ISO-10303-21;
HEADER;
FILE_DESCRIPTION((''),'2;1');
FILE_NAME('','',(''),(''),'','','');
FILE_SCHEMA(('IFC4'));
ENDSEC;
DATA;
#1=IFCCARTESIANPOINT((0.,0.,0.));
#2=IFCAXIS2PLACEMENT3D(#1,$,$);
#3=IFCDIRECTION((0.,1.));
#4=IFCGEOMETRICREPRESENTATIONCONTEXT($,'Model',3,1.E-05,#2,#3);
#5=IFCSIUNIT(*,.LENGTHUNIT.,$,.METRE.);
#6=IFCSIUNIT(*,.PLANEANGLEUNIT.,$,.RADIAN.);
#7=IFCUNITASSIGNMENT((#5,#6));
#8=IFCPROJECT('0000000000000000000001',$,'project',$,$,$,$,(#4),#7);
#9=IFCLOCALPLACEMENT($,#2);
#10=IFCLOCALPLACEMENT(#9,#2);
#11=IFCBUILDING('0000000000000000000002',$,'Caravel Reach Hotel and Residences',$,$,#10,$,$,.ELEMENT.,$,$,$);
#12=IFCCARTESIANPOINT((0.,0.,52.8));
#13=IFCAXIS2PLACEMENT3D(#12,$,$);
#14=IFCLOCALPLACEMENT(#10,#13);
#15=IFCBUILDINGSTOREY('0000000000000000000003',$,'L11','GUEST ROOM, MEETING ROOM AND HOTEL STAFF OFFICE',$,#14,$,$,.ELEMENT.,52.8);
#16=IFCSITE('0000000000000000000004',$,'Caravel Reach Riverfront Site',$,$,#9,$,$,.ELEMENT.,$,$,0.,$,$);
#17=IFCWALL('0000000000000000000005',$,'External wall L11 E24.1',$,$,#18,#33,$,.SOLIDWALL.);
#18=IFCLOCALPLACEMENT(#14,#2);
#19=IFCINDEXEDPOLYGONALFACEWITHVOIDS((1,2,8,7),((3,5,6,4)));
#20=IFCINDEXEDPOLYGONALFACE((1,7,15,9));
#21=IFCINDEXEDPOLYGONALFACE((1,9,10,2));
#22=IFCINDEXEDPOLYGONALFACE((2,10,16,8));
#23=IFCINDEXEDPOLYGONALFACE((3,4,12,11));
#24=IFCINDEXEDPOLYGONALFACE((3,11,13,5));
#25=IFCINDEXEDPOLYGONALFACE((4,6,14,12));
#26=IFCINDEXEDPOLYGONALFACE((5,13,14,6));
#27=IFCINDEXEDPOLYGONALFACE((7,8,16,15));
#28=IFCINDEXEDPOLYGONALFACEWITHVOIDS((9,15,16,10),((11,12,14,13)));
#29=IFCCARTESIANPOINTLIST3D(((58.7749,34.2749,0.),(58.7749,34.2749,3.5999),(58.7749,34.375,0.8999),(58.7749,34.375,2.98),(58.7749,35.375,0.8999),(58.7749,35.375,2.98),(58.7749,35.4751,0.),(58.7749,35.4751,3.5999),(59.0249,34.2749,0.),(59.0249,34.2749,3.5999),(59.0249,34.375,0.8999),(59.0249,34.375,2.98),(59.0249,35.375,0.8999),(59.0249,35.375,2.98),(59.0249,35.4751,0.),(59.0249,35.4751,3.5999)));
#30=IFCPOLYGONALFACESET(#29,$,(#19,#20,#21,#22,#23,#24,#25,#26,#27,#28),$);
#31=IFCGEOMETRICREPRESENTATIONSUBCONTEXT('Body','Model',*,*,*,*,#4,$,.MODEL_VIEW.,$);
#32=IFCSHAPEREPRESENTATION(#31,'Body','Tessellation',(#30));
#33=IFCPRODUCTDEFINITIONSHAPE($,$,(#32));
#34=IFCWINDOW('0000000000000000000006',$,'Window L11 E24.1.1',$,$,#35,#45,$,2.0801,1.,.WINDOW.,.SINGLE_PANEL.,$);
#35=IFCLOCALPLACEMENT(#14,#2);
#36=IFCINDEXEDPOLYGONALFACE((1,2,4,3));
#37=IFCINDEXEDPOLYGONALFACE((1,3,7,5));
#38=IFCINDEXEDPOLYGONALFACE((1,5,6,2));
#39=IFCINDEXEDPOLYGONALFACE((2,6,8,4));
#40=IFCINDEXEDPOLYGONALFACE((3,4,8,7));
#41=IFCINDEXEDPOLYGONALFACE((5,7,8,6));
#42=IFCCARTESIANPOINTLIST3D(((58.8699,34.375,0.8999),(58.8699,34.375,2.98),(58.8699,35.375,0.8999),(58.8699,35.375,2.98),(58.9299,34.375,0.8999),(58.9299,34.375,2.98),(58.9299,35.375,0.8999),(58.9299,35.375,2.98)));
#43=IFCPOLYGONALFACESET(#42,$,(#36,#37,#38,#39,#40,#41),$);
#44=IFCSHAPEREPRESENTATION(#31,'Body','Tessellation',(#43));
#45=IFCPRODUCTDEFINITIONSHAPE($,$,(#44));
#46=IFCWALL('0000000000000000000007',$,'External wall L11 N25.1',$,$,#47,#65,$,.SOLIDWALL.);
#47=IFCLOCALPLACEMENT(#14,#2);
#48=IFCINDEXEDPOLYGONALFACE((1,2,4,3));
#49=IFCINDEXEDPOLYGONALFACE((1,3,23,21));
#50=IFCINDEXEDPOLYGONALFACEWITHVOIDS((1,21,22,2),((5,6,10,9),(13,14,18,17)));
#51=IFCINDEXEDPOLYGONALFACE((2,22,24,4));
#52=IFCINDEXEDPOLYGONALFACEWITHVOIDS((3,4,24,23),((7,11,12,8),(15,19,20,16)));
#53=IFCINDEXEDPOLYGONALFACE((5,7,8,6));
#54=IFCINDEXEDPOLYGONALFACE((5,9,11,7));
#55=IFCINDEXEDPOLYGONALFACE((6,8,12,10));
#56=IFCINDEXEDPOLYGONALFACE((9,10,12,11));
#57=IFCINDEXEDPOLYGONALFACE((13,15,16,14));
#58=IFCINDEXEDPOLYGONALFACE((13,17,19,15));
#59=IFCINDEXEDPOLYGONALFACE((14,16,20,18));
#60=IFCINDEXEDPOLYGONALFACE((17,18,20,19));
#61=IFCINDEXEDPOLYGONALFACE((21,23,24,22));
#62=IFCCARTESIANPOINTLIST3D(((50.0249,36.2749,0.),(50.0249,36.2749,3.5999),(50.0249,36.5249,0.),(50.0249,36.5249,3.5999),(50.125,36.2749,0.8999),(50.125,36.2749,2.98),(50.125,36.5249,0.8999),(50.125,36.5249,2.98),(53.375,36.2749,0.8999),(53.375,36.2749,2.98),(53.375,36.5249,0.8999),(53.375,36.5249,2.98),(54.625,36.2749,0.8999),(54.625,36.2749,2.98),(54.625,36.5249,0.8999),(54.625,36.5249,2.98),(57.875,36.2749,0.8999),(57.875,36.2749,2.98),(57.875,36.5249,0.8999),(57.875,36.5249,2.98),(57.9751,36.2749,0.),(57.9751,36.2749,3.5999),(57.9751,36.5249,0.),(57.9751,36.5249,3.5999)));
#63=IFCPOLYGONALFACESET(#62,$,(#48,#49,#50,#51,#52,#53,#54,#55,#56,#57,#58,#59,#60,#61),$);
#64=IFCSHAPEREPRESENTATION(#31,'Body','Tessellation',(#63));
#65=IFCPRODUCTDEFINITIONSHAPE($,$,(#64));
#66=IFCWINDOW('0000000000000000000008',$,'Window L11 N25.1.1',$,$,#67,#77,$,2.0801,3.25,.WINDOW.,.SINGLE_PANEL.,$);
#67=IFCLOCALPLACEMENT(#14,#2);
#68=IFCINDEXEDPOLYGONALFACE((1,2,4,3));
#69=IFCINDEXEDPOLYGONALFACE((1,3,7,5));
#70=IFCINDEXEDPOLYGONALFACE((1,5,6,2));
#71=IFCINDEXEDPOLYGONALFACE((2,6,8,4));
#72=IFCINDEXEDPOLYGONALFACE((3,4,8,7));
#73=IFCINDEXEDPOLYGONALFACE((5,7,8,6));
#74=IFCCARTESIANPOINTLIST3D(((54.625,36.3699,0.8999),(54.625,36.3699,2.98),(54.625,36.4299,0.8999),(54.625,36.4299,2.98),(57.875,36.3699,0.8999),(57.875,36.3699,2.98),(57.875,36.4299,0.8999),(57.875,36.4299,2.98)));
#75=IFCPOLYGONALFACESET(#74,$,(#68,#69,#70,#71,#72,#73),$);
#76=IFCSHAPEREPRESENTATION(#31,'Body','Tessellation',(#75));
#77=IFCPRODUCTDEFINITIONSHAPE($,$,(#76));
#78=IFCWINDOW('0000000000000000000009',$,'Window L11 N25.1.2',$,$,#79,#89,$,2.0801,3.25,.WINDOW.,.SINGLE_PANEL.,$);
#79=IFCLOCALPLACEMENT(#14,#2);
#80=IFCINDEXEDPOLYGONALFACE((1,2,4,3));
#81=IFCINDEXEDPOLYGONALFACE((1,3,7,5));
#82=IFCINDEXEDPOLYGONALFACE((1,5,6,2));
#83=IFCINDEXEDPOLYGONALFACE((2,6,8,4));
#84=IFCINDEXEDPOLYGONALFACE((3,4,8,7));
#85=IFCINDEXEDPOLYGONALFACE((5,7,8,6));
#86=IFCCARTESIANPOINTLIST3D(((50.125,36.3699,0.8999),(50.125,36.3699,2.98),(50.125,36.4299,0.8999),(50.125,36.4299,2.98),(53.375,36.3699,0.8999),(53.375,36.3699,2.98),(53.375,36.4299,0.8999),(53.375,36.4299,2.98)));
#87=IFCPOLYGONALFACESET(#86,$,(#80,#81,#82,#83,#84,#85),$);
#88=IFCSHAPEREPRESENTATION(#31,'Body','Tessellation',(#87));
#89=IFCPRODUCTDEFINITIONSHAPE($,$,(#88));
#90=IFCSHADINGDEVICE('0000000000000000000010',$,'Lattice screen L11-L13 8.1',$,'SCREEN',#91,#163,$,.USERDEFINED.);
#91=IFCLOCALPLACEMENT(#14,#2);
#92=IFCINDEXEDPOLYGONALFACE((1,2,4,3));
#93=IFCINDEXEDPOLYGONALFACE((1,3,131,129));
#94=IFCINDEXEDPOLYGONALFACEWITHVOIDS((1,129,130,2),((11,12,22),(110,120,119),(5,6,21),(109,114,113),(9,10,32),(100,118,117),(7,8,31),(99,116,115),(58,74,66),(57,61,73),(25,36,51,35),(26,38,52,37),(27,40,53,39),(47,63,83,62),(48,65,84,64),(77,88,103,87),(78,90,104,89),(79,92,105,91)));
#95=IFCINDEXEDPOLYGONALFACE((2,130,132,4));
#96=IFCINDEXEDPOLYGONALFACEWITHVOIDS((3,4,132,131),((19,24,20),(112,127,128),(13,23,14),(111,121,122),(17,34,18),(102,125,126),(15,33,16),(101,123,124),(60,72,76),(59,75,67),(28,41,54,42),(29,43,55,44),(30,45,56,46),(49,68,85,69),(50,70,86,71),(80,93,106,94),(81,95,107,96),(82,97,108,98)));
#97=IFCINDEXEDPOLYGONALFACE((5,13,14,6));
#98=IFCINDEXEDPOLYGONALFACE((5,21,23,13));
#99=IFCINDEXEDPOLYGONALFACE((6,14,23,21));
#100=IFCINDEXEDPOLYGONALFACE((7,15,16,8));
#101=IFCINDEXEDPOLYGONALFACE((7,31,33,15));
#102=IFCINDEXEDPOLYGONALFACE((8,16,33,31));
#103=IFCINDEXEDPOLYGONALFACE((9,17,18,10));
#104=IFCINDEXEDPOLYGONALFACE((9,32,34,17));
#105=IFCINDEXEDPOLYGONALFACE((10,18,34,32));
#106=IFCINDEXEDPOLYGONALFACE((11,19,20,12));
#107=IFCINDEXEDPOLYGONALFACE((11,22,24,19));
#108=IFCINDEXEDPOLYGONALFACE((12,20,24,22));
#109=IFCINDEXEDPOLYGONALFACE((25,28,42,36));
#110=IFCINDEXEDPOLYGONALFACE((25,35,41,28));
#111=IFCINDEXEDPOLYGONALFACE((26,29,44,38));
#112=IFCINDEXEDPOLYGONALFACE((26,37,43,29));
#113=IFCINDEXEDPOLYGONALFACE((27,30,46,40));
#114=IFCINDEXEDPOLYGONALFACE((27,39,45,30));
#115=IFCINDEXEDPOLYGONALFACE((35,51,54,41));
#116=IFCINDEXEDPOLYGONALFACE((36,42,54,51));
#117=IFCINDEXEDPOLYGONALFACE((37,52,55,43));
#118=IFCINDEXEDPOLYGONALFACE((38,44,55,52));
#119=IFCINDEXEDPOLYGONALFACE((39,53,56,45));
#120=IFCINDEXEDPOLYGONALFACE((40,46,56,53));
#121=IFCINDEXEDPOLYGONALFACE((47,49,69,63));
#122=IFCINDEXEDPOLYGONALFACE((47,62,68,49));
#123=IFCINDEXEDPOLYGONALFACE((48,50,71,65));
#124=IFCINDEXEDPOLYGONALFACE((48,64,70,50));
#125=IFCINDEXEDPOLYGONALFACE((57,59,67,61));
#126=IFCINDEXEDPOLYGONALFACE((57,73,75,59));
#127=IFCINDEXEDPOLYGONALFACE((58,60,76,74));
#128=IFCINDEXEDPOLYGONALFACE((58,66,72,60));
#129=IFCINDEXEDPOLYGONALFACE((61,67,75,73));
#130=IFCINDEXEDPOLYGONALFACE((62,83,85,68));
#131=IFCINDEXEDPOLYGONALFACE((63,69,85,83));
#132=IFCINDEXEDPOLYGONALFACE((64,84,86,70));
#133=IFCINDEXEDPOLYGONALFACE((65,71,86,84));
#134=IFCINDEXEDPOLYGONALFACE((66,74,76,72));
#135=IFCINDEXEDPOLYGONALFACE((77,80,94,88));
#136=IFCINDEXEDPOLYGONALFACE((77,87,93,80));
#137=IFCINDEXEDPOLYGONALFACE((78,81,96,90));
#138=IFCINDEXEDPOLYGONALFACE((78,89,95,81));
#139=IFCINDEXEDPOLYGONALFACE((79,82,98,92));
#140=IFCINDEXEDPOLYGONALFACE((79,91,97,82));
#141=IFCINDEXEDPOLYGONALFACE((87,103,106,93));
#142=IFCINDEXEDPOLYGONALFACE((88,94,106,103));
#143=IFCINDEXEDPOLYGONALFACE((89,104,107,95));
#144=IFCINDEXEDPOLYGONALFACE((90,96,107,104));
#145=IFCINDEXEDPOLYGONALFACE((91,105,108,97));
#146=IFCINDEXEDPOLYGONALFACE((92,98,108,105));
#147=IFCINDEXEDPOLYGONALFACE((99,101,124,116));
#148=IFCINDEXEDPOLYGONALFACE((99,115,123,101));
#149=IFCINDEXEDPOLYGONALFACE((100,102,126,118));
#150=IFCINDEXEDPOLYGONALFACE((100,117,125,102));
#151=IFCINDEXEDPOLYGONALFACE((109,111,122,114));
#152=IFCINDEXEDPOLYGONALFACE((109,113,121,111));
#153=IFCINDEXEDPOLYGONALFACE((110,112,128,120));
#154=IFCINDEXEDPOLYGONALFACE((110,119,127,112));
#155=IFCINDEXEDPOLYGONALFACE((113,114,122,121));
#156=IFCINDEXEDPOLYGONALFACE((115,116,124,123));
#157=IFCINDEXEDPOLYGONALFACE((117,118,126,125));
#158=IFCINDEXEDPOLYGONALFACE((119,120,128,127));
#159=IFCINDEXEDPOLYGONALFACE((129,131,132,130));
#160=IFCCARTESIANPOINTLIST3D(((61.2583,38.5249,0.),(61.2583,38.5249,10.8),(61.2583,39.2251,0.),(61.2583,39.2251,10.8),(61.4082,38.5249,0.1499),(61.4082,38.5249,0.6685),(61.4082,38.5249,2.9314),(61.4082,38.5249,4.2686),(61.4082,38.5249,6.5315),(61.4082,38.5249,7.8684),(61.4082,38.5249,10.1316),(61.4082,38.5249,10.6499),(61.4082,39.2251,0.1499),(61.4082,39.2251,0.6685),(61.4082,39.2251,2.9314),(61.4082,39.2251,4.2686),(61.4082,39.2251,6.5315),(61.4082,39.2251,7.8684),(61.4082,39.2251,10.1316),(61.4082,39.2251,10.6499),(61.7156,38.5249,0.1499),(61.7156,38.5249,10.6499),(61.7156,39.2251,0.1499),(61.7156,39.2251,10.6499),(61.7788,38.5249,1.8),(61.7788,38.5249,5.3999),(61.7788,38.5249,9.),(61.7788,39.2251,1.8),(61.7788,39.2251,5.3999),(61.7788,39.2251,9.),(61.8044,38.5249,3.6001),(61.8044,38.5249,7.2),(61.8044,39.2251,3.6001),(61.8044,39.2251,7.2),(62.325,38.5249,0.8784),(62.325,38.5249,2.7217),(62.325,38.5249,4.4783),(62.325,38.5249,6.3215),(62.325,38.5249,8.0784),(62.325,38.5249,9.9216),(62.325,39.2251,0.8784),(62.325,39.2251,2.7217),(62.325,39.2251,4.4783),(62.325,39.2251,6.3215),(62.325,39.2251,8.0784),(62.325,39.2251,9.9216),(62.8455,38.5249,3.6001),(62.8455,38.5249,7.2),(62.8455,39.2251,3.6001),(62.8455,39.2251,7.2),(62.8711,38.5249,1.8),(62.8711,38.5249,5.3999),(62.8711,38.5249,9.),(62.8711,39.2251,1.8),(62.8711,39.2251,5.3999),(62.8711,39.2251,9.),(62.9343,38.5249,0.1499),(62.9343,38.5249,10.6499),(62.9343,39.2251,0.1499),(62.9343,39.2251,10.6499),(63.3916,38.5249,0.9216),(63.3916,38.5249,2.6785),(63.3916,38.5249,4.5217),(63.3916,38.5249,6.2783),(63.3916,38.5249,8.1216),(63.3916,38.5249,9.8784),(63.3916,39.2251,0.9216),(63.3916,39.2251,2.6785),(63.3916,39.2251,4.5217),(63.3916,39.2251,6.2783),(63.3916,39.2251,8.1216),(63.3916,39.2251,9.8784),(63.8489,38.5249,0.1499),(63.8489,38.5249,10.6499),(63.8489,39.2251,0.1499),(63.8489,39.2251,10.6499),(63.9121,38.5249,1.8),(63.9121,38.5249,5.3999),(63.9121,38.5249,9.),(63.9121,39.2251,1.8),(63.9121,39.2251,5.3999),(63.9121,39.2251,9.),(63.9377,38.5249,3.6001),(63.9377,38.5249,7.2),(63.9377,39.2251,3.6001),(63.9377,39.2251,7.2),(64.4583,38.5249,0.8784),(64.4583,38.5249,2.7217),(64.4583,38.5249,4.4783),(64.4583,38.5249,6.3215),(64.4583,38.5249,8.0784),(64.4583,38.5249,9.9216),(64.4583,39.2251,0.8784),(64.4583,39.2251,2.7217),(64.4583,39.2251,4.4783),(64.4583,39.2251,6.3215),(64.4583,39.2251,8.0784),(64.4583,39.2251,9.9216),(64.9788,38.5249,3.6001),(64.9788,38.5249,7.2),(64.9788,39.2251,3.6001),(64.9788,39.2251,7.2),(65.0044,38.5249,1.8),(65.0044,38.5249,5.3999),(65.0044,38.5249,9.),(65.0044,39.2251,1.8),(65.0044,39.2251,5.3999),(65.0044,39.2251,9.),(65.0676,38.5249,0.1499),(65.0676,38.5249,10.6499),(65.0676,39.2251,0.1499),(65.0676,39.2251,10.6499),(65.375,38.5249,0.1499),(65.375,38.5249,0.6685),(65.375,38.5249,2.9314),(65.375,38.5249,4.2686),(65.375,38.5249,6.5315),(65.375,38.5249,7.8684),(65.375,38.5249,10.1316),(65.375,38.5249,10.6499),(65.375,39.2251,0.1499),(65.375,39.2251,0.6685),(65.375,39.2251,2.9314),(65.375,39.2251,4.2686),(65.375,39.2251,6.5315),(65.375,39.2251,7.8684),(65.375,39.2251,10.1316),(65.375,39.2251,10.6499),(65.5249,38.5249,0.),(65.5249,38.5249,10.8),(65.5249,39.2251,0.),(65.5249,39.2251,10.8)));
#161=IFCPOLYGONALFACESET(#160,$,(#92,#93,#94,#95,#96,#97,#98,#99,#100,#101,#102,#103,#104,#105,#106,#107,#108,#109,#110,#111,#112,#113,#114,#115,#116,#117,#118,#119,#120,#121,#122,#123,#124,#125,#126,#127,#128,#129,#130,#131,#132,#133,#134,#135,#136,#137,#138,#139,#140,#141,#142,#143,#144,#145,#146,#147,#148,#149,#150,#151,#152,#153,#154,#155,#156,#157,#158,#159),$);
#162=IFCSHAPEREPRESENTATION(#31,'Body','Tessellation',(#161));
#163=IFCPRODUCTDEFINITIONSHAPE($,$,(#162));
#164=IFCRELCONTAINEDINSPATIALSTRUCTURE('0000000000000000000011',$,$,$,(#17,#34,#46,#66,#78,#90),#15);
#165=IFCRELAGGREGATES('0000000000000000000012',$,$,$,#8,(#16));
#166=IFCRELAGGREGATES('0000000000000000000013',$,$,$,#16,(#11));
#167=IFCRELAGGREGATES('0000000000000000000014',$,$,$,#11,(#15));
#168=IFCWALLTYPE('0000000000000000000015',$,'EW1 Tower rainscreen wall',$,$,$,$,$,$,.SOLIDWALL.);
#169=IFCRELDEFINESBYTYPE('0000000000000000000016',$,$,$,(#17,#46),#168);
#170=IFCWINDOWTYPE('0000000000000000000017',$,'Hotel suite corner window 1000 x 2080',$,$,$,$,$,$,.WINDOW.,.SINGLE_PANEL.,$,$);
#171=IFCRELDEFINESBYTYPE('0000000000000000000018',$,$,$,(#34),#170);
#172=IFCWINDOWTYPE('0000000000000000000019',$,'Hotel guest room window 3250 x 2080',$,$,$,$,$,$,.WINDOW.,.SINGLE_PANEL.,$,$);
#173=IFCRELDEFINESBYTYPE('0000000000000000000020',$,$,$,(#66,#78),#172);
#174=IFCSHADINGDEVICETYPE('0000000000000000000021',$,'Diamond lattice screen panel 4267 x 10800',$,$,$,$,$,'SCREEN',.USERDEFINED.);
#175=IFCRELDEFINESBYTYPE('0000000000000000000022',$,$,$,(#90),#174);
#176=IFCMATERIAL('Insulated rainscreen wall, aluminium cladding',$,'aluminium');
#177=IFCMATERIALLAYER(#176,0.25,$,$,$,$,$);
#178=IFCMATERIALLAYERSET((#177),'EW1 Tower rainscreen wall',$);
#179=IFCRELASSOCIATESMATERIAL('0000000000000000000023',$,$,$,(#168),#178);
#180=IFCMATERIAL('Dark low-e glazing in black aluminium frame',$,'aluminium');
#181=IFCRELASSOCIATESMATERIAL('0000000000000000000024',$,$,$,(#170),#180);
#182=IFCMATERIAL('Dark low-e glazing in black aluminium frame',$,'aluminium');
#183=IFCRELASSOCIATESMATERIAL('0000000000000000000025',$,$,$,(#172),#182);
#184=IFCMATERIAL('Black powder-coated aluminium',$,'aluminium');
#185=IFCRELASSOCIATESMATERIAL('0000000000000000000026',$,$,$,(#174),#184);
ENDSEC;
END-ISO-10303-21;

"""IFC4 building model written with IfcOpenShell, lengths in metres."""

from ifc_helpers import new_model, si_unit, direction, frame, frame_2d, origin, place, context, subcontext, project, spatial, polyline, rectangle, outline, extrude, material, layer, layer_set, type_object, element, fill, save


model = new_model("IFC4")

# Units and contexts
model_context = context("Model", 3, precision=1e-05, world=origin(), true_north=direction((0.0, 1.0)))
body_context = subcontext(model_context, "Body", "Model", "MODEL_VIEW")
ifc_project = project(units=[si_unit("LENGTHUNIT", "METRE"), si_unit("PLANEANGLEUNIT", "RADIAN")], contexts=[model_context])

# Site, building, storey
site_placement = place(None, origin())
site = spatial("IfcSite", under=ifc_project, at=site_placement, Name="Caravel Reach Riverfront Site", CompositionType="ELEMENT", RefElevation=0.0)
building_placement = place(site_placement, origin())
building = spatial("IfcBuilding", under=site, at=building_placement, Name="Caravel Reach Hotel and Residences", CompositionType="ELEMENT")
storey_placement = place(building_placement, frame((0.0, 0.0, 52.8)))
storey = spatial("IfcBuildingStorey", under=building, at=storey_placement, Name="L11", Description="GUEST ROOM, MEETING ROOM AND HOTEL STAFF OFFICE", CompositionType="ELEMENT", Elevation=52.8)

# Wall, opening, window
ifc_material_1 = material(Name="Insulated rainscreen wall, aluminium cladding", Category="aluminium")
ifc_layer = layer(ifc_material_1, 0.25)
ifc_layer_set = layer_set([ifc_layer], Name="EW1 Tower rainscreen wall")
wall_type = type_object("IfcWallType", Name="EW1 Tower rainscreen wall", PredefinedType="SOLIDWALL", material=ifc_layer_set)
ifc_material_2 = material(Name="Dark low-e glazing in black aluminium frame", Category="aluminium")
window_type_1 = type_object("IfcWindowType", Name="Hotel suite corner window 1000 x 2080", PartitioningType="SINGLE_PANEL", PredefinedType="WINDOW", material=ifc_material_2)
wall_1_placement = place(storey_placement, frame((58.8999, 34.2749, 0.0), z_axis=(0.0, 0.0, 1.0), x_axis=(0.0, 1.0, 0.0)))
wall_1 = element("IfcWall", 1, at=wall_1_placement, inside=storey, type_object=wall_type, Name="External wall L11 E24.1", PredefinedType="SOLIDWALL", context=body_context, shape_type="SweptSolid", body=[
    extrude(rectangle(XDim=1.2002, YDim=0.25, at=frame_2d((0.6001, 0.0))), origin(), (0.0, 0.0, 1.0), 3.5999),
])
opening_1_placement = place(wall_1_placement, frame((0.1001, 0.0, 0.8999)))
opening_1 = element("IfcOpeningElement", 2, at=opening_1_placement, cuts=wall_1, PredefinedType="OPENING", context=body_context, shape_type="SweptSolid", body=[
    extrude(rectangle(XDim=1.0, YDim=2.0801, at=frame_2d((0.5, 1.04))), frame((0.0, 0.135, 0.0), z_axis=(0.0, -1.0, 0.0), x_axis=(1.0, 0.0, 0.0)), (0.0, 0.0, 1.0), 0.27),
])
window_1_placement = place(opening_1_placement, origin())
window_1 = element("IfcWindow", 3, at=window_1_placement, inside=storey, type_object=window_type_1, Name="Window L11 E24.1.1", OverallHeight=2.0801, OverallWidth=1.0, PartitioningType="SINGLE_PANEL", PredefinedType="WINDOW", context=body_context, shape_type="SweptSolid", body=[
    extrude(rectangle(XDim=1.0, YDim=2.0801, at=frame_2d((0.5, 1.04))), frame((0.0, 0.03, 0.0), z_axis=(0.0, -1.0, 0.0), x_axis=(1.0, 0.0, 0.0)), (0.0, 0.0, 1.0), 0.0601),
])
fill(opening_1, window_1)

# Wall, openings, windows
wall_2_placement = place(storey_placement, frame((57.9751, 36.3999, 0.0), z_axis=(0.0, 0.0, 1.0), x_axis=(-1.0, 0.0, 0.0)))
wall_2 = element("IfcWall", 4, at=wall_2_placement, inside=storey, type_object=wall_type, Name="External wall L11 N25.1", PredefinedType="SOLIDWALL", context=body_context, shape_type="SweptSolid", body=[
    extrude(rectangle(XDim=7.9502, YDim=0.25, at=frame_2d((3.9751, 0.0))), origin(), (0.0, 0.0, 1.0), 3.5999),
])
opening_2_placement = place(wall_2_placement, frame((0.1001, 0.0, 0.8999)))
opening_2 = element("IfcOpeningElement", 5, at=opening_2_placement, cuts=wall_2, PredefinedType="OPENING", context=body_context, shape_type="SweptSolid", body=[
    extrude(rectangle(XDim=3.25, YDim=2.0801, at=frame_2d((1.625, 1.04))), frame((0.0, 0.135, 0.0), z_axis=(0.0, -1.0, 0.0), x_axis=(1.0, 0.0, 0.0)), (0.0, 0.0, 1.0), 0.27),
])
opening_3_placement = place(wall_2_placement, frame((4.6001, 0.0, 0.8999)))
opening_3 = element("IfcOpeningElement", 6, at=opening_3_placement, cuts=wall_2, PredefinedType="OPENING", context=body_context, shape_type="SweptSolid", body=[
    extrude(rectangle(XDim=3.25, YDim=2.0801, at=frame_2d((1.625, 1.04))), frame((0.0, 0.135, 0.0), z_axis=(0.0, -1.0, 0.0), x_axis=(1.0, 0.0, 0.0)), (0.0, 0.0, 1.0), 0.27),
])
ifc_material_3 = material(Name="Dark low-e glazing in black aluminium frame", Category="aluminium")
window_type_2 = type_object("IfcWindowType", Name="Hotel guest room window 3250 x 2080", PartitioningType="SINGLE_PANEL", PredefinedType="WINDOW", material=ifc_material_3)
window_2_placement = place(opening_2_placement, origin())
window_2 = element("IfcWindow", 7, at=window_2_placement, inside=storey, type_object=window_type_2, Name="Window L11 N25.1.1", OverallHeight=2.0801, OverallWidth=3.25, PartitioningType="SINGLE_PANEL", PredefinedType="WINDOW", context=body_context, shape_type="SweptSolid", body=[
    extrude(rectangle(XDim=3.25, YDim=2.0801, at=frame_2d((1.625, 1.04))), frame((0.0, 0.03, 0.0), z_axis=(0.0, -1.0, 0.0), x_axis=(1.0, 0.0, 0.0)), (0.0, 0.0, 1.0), 0.0601),
])
fill(opening_2, window_2)
window_3_placement = place(opening_3_placement, origin())
window_3 = element("IfcWindow", 8, at=window_3_placement, inside=storey, type_object=window_type_2, Name="Window L11 N25.1.2", OverallHeight=2.0801, OverallWidth=3.25, PartitioningType="SINGLE_PANEL", PredefinedType="WINDOW", context=body_context, shape_type="SweptSolid", body=[
    extrude(rectangle(XDim=3.25, YDim=2.0801, at=frame_2d((1.625, 1.04))), frame((0.0, 0.03, 0.0), z_axis=(0.0, -1.0, 0.0), x_axis=(1.0, 0.0, 0.0)), (0.0, 0.0, 1.0), 0.0601),
])
fill(opening_3, window_3)

# Shading device
ifc_material_4 = material(Name="Black powder-coated aluminium", Category="aluminium")
shading_device_type = type_object("IfcShadingDeviceType", Name="Diamond lattice screen panel 4267 x 10800", ElementType="SCREEN", PredefinedType="USERDEFINED", material=ifc_material_4)
shading_device_1_placement = place(storey_placement, frame((65.5249, 38.5249, 0.0), z_axis=(0.0, 1.0, 0.0), x_axis=(-1.0, 0.0, 0.0)))
element("IfcShadingDevice", 9, at=shading_device_1_placement, inside=storey, type_object=shading_device_type, Name="Lattice screen L11-L13 8.1", ObjectType="SCREEN", PredefinedType="USERDEFINED", context=body_context, shape_type="SweptSolid", body=[
    extrude(outline(polyline([(0.0, 0.0), (4.2666, 0.0), (4.2666, 10.8), (0.0, 10.8), (0.0, 0.0)]), holes=[polyline([(0.4573, 0.1499), (0.1499, 0.6685), (0.1499, 0.1499), (0.4573, 0.1499)]), polyline([(0.5461, 3.6001), (0.1499, 4.2686), (0.1499, 2.9314), (0.5461, 3.6001)]), polyline([(0.5461, 7.2), (0.1499, 7.8684), (0.1499, 6.5315), (0.5461, 7.2)]), polyline([(0.1499, 10.1316), (0.4573, 10.6499), (0.1499, 10.6499), (0.1499, 10.1316)]), polyline([(1.0667, 2.7217), (0.5205, 1.8), (1.0667, 0.8784), (1.6128, 1.8), (1.0667, 2.7217)]), polyline([(1.0667, 6.3215), (0.5205, 5.3999), (1.0667, 4.4783), (1.6128, 5.3999), (1.0667, 6.3215)]), polyline([(1.0667, 9.9216), (0.5205, 9.0), (1.0667, 8.0784), (1.6128, 9.0), (1.0667, 9.9216)]), polyline([(2.1333, 0.9216), (1.676, 0.1499), (2.5906, 0.1499), (2.1333, 0.9216)]), polyline([(2.1333, 4.5217), (1.5872, 3.6001), (2.1333, 2.6785), (2.6794, 3.6001), (2.1333, 4.5217)]), polyline([(2.1333, 8.1216), (1.5872, 7.2), (2.1333, 6.2783), (2.6794, 7.2), (2.1333, 8.1216)]), polyline([(2.1333, 9.8784), (2.5906, 10.6499), (1.676, 10.6499), (2.1333, 9.8784)]), polyline([(3.2, 2.7217), (2.6538, 1.8), (3.2, 0.8784), (3.7461, 1.8), (3.2, 2.7217)]), polyline([(3.2, 6.3215), (2.6538, 5.3999), (3.2, 4.4783), (3.7461, 5.3999), (3.2, 6.3215)]), polyline([(3.2, 9.9216), (2.6538, 9.0), (3.2, 8.0784), (3.7461, 9.0), (3.2, 9.9216)]), polyline([(4.1167, 0.6685), (3.8093, 0.1499), (4.1167, 0.1499), (4.1167, 0.6685)]), polyline([(3.7205, 3.6001), (4.1167, 2.9314), (4.1167, 4.2686), (3.7205, 3.6001)]), polyline([(3.7205, 7.2), (4.1167, 6.5315), (4.1167, 7.8684), (3.7205, 7.2)]), polyline([(3.8093, 10.6499), (4.1167, 10.1316), (4.1167, 10.6499), (3.8093, 10.6499)])]), origin(), (0.0, 0.0, 1.0), 0.7002),
])

save(model, "model.ifc")
